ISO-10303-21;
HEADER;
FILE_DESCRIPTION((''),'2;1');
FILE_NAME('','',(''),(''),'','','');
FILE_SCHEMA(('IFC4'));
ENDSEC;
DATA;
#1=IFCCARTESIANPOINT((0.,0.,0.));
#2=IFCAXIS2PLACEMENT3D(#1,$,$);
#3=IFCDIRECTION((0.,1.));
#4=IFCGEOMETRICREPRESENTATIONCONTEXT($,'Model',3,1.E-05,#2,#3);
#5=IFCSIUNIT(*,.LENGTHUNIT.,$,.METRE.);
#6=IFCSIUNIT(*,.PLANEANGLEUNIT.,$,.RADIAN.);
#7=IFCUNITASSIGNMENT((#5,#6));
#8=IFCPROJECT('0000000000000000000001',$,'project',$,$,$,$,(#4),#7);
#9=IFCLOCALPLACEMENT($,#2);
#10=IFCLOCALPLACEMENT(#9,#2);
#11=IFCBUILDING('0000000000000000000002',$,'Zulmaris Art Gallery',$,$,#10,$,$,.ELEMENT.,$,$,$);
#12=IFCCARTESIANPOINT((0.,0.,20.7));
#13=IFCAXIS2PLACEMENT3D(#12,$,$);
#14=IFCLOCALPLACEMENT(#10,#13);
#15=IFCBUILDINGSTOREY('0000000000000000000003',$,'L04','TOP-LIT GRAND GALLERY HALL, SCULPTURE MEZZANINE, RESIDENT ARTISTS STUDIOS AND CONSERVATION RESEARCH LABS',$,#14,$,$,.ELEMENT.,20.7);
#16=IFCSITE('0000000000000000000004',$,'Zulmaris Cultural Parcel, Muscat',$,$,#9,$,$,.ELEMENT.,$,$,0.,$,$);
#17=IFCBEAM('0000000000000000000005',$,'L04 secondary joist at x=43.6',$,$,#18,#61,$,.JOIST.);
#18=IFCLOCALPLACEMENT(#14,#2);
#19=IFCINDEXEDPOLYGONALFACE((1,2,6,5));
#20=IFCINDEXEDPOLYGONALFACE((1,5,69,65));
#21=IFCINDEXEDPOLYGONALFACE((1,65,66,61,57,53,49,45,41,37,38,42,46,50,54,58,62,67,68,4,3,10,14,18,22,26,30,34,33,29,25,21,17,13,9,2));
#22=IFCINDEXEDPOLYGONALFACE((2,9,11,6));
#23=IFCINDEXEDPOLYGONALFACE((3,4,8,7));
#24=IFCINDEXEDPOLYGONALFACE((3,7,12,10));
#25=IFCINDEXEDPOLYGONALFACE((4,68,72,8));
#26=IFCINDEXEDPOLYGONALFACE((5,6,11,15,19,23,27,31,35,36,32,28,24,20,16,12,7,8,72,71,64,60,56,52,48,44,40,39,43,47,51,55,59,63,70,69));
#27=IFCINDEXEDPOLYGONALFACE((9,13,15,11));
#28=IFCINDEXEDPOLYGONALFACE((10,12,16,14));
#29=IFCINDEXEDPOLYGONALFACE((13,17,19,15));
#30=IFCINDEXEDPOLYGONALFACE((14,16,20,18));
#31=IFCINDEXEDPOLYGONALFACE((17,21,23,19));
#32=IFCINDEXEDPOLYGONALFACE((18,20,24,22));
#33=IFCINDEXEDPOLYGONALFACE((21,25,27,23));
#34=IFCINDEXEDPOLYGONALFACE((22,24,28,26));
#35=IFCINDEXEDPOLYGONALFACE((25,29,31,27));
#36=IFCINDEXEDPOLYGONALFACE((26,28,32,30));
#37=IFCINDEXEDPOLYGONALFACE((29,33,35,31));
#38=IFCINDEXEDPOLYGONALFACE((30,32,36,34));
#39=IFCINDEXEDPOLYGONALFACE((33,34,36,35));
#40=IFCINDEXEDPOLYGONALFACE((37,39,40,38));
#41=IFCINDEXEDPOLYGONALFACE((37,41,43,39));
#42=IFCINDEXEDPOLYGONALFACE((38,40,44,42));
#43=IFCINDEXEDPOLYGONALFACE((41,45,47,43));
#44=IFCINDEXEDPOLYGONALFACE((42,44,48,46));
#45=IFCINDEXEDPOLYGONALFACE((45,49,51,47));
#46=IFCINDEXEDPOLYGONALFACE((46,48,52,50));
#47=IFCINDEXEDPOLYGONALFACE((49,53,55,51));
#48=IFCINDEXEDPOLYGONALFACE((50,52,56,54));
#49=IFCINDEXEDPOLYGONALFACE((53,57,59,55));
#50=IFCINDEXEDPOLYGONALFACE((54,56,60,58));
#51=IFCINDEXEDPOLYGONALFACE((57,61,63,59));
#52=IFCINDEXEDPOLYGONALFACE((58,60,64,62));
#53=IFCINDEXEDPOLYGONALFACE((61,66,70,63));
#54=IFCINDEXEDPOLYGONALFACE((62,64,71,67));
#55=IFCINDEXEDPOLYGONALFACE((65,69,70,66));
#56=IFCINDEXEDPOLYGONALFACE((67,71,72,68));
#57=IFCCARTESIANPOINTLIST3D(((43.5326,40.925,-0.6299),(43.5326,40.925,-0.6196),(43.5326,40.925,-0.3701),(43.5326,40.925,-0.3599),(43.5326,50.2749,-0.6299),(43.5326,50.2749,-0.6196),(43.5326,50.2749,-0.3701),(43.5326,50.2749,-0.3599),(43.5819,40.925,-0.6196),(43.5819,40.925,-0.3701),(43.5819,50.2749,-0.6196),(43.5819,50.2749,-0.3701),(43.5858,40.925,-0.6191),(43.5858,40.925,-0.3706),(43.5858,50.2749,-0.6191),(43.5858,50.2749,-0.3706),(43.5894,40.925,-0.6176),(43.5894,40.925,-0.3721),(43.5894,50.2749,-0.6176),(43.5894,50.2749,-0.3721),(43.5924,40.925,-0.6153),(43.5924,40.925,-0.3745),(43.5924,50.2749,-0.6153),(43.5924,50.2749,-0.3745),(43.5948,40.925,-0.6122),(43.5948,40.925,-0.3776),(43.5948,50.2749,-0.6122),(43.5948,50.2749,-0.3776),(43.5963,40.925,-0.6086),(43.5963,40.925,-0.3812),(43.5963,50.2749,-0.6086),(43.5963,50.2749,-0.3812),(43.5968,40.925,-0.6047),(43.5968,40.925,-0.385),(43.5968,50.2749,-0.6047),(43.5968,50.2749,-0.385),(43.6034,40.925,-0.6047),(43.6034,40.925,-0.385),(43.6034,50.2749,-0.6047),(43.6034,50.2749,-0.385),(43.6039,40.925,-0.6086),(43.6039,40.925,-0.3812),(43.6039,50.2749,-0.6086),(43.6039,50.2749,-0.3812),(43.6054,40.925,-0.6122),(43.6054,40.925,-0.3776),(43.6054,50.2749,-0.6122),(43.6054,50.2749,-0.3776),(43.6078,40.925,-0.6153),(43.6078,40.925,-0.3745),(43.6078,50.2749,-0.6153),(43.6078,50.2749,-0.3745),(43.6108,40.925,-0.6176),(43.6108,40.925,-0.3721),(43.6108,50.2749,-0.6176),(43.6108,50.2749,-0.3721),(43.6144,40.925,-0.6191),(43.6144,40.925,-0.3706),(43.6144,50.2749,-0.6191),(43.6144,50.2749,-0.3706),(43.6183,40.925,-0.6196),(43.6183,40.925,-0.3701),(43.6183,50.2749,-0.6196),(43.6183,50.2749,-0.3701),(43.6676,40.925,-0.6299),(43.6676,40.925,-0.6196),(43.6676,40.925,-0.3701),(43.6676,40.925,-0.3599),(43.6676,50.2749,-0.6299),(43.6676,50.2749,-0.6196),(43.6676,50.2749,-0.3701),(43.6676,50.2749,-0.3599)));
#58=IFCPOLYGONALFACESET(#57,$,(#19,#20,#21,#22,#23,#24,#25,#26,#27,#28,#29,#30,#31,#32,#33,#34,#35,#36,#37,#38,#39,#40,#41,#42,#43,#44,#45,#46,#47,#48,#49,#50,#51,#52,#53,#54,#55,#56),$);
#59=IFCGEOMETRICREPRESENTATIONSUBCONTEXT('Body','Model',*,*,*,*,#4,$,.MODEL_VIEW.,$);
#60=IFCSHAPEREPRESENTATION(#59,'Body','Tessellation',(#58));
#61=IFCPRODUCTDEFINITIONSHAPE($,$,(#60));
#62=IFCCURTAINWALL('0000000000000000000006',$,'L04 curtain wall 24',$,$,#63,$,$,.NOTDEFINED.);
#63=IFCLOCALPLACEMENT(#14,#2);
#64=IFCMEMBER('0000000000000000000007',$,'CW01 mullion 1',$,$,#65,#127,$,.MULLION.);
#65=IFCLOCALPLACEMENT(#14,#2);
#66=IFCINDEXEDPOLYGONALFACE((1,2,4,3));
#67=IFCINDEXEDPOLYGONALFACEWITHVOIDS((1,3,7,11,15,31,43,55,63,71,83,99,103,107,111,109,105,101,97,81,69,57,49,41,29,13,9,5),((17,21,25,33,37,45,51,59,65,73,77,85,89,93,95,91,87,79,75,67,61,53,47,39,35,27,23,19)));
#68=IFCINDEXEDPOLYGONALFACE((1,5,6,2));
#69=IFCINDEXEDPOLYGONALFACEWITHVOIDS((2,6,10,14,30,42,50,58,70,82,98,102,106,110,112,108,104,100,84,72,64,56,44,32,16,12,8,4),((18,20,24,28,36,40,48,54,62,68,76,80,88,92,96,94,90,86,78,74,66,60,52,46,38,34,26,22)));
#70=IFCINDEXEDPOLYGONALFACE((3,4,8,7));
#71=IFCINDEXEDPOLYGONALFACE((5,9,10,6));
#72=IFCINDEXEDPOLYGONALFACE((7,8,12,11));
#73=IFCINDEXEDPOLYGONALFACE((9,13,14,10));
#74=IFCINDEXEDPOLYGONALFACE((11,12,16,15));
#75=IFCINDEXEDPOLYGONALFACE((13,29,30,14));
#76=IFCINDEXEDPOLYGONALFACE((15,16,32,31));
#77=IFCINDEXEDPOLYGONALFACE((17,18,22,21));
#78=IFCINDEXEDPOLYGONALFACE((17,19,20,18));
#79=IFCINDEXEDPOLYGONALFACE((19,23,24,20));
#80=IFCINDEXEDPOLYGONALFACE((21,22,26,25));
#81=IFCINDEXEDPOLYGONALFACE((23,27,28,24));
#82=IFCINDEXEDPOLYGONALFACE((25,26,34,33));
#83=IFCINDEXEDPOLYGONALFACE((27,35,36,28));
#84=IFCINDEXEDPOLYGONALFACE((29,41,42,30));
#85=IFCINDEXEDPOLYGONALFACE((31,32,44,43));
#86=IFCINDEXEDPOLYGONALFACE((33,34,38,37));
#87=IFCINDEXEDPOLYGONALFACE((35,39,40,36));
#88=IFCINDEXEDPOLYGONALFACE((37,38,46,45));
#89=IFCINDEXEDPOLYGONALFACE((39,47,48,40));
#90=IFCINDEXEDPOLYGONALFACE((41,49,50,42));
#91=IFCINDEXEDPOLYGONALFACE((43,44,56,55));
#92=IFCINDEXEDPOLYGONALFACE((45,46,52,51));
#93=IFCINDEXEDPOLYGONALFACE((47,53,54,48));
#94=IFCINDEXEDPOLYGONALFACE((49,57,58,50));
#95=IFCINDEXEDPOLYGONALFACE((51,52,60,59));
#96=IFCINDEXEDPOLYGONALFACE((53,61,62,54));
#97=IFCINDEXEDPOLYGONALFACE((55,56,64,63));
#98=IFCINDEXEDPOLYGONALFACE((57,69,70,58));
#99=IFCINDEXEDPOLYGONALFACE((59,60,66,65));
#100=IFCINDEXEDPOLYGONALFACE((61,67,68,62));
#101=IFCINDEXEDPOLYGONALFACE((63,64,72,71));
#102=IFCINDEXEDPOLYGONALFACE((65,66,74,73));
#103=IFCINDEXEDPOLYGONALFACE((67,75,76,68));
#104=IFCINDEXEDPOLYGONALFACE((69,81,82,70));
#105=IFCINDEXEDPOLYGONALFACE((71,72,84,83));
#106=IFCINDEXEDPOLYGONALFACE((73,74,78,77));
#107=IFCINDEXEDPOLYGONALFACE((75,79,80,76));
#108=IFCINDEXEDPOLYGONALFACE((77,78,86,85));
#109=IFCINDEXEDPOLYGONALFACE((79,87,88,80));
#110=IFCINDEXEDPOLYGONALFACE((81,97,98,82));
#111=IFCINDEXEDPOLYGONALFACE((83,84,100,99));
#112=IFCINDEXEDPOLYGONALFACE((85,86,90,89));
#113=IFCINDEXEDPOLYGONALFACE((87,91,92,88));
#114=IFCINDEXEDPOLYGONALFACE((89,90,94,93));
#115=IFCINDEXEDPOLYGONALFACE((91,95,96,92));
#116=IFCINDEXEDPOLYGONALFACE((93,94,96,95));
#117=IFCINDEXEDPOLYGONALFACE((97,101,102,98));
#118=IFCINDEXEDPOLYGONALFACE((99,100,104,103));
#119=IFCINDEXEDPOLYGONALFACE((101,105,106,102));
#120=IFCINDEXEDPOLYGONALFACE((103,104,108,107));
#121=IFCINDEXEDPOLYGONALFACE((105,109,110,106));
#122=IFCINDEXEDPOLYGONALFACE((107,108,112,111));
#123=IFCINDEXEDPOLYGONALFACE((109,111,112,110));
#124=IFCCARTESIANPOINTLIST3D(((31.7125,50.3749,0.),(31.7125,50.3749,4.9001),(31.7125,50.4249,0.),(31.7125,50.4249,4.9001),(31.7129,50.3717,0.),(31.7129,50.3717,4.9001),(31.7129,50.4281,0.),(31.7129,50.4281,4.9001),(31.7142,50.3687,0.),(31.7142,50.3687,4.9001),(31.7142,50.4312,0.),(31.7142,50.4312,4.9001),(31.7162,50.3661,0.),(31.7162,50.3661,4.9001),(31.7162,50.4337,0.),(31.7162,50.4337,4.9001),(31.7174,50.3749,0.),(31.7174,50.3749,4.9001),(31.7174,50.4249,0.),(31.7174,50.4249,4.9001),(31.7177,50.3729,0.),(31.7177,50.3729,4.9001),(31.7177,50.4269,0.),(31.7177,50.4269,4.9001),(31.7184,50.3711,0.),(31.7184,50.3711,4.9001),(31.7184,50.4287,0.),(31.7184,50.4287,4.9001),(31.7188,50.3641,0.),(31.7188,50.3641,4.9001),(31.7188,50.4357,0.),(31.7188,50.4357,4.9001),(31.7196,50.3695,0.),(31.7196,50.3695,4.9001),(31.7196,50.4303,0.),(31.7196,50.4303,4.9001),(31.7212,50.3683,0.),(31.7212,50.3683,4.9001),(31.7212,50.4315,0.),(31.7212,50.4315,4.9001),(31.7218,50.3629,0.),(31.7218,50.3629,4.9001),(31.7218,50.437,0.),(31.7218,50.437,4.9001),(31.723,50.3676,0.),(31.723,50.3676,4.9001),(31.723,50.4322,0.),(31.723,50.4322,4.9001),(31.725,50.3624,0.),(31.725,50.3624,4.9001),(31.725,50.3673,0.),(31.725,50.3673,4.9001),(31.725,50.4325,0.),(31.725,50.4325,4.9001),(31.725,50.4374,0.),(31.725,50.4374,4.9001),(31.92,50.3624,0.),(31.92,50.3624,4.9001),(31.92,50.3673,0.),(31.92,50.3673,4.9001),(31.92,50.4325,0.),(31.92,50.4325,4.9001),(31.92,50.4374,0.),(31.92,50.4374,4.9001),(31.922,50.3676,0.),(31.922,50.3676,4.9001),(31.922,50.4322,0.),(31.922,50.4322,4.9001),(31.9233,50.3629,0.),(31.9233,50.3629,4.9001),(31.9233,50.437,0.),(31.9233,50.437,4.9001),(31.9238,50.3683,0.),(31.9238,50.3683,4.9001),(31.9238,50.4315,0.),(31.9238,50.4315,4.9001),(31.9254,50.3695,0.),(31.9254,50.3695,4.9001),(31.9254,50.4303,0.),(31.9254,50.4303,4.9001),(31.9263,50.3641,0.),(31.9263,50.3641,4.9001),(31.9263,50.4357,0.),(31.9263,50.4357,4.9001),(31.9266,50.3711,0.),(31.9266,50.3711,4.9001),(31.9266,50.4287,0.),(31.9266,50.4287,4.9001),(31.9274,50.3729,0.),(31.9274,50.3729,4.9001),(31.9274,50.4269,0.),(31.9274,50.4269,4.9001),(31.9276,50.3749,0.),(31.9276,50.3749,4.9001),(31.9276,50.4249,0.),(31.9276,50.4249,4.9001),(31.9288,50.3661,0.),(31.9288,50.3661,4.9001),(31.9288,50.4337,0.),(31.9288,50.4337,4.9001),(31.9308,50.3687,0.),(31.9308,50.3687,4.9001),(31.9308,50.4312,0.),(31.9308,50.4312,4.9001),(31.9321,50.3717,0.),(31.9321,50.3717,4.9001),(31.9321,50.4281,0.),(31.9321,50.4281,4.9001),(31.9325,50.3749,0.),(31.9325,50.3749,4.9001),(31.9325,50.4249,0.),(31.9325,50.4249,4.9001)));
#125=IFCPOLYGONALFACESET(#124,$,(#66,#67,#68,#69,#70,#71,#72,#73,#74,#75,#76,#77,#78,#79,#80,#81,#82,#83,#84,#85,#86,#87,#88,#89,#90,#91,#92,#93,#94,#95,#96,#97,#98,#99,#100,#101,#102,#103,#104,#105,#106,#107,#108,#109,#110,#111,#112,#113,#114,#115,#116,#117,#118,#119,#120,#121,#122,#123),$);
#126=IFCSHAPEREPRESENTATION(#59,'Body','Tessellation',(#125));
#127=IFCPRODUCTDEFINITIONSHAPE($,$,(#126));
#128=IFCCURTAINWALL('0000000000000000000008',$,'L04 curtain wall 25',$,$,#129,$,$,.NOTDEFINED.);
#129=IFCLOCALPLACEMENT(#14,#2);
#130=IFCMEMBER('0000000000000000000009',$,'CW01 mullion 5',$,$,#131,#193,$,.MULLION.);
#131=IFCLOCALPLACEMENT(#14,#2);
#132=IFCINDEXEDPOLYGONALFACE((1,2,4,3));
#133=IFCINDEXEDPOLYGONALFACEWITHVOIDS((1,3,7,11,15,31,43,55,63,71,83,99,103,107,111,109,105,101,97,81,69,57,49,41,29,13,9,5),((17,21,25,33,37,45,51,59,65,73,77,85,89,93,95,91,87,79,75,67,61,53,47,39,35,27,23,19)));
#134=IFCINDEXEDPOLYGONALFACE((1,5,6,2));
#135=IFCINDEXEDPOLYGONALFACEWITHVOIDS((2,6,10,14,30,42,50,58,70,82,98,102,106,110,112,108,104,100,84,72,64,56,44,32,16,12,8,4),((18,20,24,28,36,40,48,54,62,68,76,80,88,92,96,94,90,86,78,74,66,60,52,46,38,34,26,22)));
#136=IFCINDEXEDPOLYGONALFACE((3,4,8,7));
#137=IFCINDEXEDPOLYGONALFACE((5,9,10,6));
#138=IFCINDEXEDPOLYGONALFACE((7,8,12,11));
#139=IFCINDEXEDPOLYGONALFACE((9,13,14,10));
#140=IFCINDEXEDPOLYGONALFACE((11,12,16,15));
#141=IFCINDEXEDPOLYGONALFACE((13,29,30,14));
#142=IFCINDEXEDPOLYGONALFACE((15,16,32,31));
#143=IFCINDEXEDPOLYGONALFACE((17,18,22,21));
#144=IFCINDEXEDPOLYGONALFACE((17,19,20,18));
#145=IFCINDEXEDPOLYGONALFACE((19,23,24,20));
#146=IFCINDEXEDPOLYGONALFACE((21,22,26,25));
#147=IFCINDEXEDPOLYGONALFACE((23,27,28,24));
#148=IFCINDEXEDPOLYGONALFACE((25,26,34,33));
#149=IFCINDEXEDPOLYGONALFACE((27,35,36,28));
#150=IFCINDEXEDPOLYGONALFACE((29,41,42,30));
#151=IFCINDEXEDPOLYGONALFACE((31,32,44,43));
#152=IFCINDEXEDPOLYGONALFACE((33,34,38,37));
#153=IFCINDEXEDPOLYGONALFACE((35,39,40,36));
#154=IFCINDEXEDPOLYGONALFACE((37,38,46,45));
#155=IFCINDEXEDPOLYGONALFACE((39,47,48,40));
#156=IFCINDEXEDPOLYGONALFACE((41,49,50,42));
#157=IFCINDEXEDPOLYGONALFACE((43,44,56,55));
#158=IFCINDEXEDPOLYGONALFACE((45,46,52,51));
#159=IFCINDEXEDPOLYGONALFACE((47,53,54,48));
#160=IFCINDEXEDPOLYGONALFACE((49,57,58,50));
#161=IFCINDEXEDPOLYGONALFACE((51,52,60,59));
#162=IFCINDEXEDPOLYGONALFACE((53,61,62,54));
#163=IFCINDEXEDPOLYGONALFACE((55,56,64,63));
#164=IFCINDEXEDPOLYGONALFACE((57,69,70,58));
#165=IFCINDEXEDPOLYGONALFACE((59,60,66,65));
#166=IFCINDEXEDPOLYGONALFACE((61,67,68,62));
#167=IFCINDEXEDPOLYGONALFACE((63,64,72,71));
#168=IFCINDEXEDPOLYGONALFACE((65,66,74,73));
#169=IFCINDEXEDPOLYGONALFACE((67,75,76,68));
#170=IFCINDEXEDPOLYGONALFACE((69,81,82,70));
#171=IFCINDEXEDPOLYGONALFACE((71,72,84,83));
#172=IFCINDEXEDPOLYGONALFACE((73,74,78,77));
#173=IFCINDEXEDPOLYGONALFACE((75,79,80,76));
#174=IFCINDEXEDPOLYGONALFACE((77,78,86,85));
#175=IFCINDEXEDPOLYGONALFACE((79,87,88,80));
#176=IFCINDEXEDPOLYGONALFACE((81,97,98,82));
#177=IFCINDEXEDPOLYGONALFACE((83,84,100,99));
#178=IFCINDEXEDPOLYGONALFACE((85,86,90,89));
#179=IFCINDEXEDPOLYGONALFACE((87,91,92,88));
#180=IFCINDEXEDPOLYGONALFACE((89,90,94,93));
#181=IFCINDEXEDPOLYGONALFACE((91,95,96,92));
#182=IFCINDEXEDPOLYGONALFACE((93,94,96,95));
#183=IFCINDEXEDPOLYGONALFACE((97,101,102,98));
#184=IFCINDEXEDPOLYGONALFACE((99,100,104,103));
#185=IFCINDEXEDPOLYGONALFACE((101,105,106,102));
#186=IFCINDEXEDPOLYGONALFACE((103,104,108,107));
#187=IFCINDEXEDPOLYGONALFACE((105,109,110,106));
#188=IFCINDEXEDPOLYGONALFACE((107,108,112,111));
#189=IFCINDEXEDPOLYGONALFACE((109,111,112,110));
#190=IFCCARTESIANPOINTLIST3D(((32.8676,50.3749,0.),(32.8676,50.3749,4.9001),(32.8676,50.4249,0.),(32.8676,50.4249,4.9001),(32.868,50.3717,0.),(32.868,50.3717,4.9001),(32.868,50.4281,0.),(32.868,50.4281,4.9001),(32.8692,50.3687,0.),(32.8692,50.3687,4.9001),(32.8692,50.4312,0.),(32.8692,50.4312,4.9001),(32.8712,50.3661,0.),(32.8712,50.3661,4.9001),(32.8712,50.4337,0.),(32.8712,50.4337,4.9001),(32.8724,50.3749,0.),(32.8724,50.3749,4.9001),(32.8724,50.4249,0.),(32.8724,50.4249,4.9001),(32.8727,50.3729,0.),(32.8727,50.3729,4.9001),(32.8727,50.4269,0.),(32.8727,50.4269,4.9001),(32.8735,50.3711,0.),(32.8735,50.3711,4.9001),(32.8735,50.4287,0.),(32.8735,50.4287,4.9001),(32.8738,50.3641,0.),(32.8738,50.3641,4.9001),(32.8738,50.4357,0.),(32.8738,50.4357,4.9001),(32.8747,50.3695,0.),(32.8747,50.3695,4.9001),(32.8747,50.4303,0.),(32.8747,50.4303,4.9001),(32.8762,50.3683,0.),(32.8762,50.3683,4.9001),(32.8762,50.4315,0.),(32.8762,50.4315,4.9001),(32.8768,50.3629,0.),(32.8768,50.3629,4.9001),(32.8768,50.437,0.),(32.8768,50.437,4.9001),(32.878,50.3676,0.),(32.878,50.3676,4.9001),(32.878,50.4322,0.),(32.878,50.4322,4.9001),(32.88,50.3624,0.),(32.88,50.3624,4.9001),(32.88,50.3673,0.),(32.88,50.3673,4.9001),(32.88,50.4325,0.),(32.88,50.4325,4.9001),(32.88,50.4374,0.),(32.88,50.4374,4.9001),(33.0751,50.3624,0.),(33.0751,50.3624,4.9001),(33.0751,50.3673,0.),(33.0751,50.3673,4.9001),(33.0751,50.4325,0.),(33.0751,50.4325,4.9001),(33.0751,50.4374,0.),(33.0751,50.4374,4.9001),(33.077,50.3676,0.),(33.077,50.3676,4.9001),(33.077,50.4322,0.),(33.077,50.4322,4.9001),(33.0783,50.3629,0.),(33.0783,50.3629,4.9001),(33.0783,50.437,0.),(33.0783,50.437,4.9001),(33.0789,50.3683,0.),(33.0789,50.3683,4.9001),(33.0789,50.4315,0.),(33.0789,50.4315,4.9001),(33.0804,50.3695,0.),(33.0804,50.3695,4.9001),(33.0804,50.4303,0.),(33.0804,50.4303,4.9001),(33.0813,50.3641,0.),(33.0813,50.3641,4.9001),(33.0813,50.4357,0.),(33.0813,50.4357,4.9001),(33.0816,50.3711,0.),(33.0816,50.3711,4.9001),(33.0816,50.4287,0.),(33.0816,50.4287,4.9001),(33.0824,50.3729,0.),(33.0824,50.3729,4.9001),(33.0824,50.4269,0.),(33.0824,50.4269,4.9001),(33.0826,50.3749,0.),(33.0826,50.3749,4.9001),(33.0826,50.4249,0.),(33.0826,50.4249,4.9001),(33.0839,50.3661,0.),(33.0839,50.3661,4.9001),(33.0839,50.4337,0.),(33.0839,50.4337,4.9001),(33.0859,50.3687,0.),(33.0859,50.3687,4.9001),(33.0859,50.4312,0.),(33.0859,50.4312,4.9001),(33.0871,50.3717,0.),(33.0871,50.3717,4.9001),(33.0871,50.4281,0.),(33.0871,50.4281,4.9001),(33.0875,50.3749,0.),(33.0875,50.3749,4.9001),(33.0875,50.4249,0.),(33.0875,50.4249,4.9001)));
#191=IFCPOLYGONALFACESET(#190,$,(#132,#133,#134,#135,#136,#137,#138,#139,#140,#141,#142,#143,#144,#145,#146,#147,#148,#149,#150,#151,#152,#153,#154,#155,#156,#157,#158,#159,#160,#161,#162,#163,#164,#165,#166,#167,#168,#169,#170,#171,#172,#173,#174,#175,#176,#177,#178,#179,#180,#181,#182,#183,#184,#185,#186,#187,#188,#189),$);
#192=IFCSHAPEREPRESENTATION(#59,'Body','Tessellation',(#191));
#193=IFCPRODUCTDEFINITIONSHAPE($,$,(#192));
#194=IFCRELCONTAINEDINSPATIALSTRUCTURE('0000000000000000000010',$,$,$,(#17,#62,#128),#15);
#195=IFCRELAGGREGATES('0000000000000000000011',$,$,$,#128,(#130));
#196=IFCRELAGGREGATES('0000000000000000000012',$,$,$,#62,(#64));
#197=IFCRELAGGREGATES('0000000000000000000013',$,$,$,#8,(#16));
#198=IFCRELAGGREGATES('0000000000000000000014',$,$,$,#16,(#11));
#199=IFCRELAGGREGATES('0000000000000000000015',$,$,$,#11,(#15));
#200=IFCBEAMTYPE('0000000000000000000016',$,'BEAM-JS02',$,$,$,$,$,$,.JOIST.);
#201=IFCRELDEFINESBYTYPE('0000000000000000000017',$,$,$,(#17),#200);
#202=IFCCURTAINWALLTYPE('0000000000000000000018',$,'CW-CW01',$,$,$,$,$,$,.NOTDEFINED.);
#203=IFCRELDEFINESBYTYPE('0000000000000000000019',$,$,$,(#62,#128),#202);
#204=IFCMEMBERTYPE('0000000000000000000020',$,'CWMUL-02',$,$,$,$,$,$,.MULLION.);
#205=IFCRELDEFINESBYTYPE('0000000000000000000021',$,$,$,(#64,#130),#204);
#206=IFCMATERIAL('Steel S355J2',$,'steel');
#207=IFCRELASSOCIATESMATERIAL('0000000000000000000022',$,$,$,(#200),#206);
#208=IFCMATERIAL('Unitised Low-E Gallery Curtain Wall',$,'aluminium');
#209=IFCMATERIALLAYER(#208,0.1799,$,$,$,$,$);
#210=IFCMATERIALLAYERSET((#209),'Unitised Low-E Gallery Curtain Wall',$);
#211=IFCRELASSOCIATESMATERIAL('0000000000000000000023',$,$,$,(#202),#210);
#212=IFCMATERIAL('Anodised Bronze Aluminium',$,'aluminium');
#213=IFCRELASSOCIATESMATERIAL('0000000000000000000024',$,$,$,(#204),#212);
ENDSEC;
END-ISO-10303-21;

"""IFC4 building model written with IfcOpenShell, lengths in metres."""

from ifc_helpers import new_model, si_unit, direction, frame, origin, origin_2d, place, context, subcontext, project, spatial, hollow_rectangle, i_section, extrude, material, layer, layer_set, material_profile, profile_set, type_object, element, aggregate, save


model = new_model("IFC4")

# Units and contexts
model_context = context("Model", 3, precision=1e-05, world=origin(), true_north=direction((0.0, 1.0)))
body_context = subcontext(model_context, "Body", "Model", "MODEL_VIEW")
ifc_project = project(units=[si_unit("LENGTHUNIT", "METRE"), si_unit("PLANEANGLEUNIT", "RADIAN")], contexts=[model_context])

# Site, building, storey
site_placement = place(None, origin())
site = spatial("IfcSite", under=ifc_project, at=site_placement, Name="Zulmaris Cultural Parcel, Muscat", CompositionType="ELEMENT", RefElevation=0.0)
building_placement = place(site_placement, origin())
building = spatial("IfcBuilding", under=site, at=building_placement, Name="Zulmaris Art Gallery", CompositionType="ELEMENT")
storey_placement = place(building_placement, frame((0.0, 0.0, 20.7)))
storey = spatial("IfcBuildingStorey", under=building, at=storey_placement, Name="L04", Description="TOP-LIT GRAND GALLERY HALL, SCULPTURE MEZZANINE, RESIDENT ARTISTS STUDIOS AND CONSERVATION RESEARCH LABS", CompositionType="ELEMENT", Elevation=20.7)

# Beam
ifc_material_1 = material(Name="Steel S355J2", Category="steel")
ifc_material_profile_1 = material_profile(ifc_material_1, i_section(OverallWidth=0.135, OverallDepth=0.27, WebThickness=0.0066, FlangeThickness=0.0103, FilletRadius=0.0149, at=origin_2d()), Name="IPE 270")
ifc_profile_set_1 = profile_set([ifc_material_profile_1], Name="Steel S355J2")
beam_type_1 = type_object("IfcBeamType", Name="BEAM-JS02", PredefinedType="JOIST", material=ifc_profile_set_1)
beam_1_placement = place(storey_placement, frame((43.6001, 40.925, -0.4949), z_axis=(0.0, 1.0, 0.0), x_axis=(-1.0, 0.0, 0.0)))
element("IfcBeam", 1, at=beam_1_placement, inside=storey, type_object=beam_type_1, Name="L04 secondary joist at x=43.6", PredefinedType="JOIST", context=body_context, shape_type="SweptSolid", body=[
    extrude(i_section(OverallWidth=0.135, OverallDepth=0.27, WebThickness=0.0066, FlangeThickness=0.0103, FilletRadius=0.0149, at=origin_2d()), origin(), (0.0, 0.0, 1.0), 9.3499),
])

# Curtain walls, members
ifc_material_2 = material(Name="Unitised Low-E Gallery Curtain Wall", Category="aluminium")
ifc_layer_1 = layer(ifc_material_2, 0.1799)
ifc_layer_set_1 = layer_set([ifc_layer_1], Name="Unitised Low-E Gallery Curtain Wall")
curtain_wall_type = type_object("IfcCurtainWallType", Name="CW-CW01", PredefinedType="NOTDEFINED", material=ifc_layer_set_1)
curtain_wall_1_placement = place(storey_placement, origin())
curtain_wall_1 = element("IfcCurtainWall", 2, at=curtain_wall_1_placement, inside=storey, type_object=curtain_wall_type, Name="L04 curtain wall 24", PredefinedType="NOTDEFINED")
ifc_material_3 = material(Name="Anodised Bronze Aluminium", Category="aluminium")
ifc_material_profile_2 = material_profile(ifc_material_3, hollow_rectangle(XDim=0.075, YDim=0.22, WallThickness=0.0049, InnerFilletRadius=0.0076, OuterFilletRadius=0.0125, at=origin_2d()), Name="ALU 75x220x5")
ifc_profile_set_2 = profile_set([ifc_material_profile_2], Name="Anodised Bronze Aluminium")
member_type_1 = type_object("IfcMemberType", Name="CWMUL-02", PredefinedType="MULLION", material=ifc_profile_set_2)
member_1_placement = place(storey_placement, frame((31.8225, 50.3999, 0.0), z_axis=(0.0, 0.0, 1.0), x_axis=(0.0, -1.0, 0.0)))
member_1 = element("IfcMember", 3, at=member_1_placement, type_object=member_type_1, Name="CW01 mullion 1", PredefinedType="MULLION", context=body_context, shape_type="SweptSolid", body=[
    extrude(hollow_rectangle(XDim=0.075, YDim=0.22, WallThickness=0.0049, InnerFilletRadius=0.0076, OuterFilletRadius=0.0125, at=origin_2d()), origin(), (0.0, 0.0, 1.0), 4.9001),
])
curtain_wall_2_placement = place(storey_placement, origin())
curtain_wall_2 = element("IfcCurtainWall", 4, at=curtain_wall_2_placement, inside=storey, type_object=curtain_wall_type, Name="L04 curtain wall 25", PredefinedType="NOTDEFINED")
member_2_placement = place(storey_placement, frame((32.9775, 50.3999, 0.0), z_axis=(0.0, 0.0, 1.0), x_axis=(0.0, -1.0, 0.0)))
member_2 = element("IfcMember", 5, at=member_2_placement, type_object=member_type_1, Name="CW01 mullion 5", PredefinedType="MULLION", context=body_context, shape_type="SweptSolid", body=[
    extrude(hollow_rectangle(XDim=0.075, YDim=0.22, WallThickness=0.0049, InnerFilletRadius=0.0076, OuterFilletRadius=0.0125, at=origin_2d()), origin(), (0.0, 0.0, 1.0), 4.9001),
])
aggregate(curtain_wall_2, [member_2])

aggregate(curtain_wall_1, [member_1])

save(model, "model.ifc")
